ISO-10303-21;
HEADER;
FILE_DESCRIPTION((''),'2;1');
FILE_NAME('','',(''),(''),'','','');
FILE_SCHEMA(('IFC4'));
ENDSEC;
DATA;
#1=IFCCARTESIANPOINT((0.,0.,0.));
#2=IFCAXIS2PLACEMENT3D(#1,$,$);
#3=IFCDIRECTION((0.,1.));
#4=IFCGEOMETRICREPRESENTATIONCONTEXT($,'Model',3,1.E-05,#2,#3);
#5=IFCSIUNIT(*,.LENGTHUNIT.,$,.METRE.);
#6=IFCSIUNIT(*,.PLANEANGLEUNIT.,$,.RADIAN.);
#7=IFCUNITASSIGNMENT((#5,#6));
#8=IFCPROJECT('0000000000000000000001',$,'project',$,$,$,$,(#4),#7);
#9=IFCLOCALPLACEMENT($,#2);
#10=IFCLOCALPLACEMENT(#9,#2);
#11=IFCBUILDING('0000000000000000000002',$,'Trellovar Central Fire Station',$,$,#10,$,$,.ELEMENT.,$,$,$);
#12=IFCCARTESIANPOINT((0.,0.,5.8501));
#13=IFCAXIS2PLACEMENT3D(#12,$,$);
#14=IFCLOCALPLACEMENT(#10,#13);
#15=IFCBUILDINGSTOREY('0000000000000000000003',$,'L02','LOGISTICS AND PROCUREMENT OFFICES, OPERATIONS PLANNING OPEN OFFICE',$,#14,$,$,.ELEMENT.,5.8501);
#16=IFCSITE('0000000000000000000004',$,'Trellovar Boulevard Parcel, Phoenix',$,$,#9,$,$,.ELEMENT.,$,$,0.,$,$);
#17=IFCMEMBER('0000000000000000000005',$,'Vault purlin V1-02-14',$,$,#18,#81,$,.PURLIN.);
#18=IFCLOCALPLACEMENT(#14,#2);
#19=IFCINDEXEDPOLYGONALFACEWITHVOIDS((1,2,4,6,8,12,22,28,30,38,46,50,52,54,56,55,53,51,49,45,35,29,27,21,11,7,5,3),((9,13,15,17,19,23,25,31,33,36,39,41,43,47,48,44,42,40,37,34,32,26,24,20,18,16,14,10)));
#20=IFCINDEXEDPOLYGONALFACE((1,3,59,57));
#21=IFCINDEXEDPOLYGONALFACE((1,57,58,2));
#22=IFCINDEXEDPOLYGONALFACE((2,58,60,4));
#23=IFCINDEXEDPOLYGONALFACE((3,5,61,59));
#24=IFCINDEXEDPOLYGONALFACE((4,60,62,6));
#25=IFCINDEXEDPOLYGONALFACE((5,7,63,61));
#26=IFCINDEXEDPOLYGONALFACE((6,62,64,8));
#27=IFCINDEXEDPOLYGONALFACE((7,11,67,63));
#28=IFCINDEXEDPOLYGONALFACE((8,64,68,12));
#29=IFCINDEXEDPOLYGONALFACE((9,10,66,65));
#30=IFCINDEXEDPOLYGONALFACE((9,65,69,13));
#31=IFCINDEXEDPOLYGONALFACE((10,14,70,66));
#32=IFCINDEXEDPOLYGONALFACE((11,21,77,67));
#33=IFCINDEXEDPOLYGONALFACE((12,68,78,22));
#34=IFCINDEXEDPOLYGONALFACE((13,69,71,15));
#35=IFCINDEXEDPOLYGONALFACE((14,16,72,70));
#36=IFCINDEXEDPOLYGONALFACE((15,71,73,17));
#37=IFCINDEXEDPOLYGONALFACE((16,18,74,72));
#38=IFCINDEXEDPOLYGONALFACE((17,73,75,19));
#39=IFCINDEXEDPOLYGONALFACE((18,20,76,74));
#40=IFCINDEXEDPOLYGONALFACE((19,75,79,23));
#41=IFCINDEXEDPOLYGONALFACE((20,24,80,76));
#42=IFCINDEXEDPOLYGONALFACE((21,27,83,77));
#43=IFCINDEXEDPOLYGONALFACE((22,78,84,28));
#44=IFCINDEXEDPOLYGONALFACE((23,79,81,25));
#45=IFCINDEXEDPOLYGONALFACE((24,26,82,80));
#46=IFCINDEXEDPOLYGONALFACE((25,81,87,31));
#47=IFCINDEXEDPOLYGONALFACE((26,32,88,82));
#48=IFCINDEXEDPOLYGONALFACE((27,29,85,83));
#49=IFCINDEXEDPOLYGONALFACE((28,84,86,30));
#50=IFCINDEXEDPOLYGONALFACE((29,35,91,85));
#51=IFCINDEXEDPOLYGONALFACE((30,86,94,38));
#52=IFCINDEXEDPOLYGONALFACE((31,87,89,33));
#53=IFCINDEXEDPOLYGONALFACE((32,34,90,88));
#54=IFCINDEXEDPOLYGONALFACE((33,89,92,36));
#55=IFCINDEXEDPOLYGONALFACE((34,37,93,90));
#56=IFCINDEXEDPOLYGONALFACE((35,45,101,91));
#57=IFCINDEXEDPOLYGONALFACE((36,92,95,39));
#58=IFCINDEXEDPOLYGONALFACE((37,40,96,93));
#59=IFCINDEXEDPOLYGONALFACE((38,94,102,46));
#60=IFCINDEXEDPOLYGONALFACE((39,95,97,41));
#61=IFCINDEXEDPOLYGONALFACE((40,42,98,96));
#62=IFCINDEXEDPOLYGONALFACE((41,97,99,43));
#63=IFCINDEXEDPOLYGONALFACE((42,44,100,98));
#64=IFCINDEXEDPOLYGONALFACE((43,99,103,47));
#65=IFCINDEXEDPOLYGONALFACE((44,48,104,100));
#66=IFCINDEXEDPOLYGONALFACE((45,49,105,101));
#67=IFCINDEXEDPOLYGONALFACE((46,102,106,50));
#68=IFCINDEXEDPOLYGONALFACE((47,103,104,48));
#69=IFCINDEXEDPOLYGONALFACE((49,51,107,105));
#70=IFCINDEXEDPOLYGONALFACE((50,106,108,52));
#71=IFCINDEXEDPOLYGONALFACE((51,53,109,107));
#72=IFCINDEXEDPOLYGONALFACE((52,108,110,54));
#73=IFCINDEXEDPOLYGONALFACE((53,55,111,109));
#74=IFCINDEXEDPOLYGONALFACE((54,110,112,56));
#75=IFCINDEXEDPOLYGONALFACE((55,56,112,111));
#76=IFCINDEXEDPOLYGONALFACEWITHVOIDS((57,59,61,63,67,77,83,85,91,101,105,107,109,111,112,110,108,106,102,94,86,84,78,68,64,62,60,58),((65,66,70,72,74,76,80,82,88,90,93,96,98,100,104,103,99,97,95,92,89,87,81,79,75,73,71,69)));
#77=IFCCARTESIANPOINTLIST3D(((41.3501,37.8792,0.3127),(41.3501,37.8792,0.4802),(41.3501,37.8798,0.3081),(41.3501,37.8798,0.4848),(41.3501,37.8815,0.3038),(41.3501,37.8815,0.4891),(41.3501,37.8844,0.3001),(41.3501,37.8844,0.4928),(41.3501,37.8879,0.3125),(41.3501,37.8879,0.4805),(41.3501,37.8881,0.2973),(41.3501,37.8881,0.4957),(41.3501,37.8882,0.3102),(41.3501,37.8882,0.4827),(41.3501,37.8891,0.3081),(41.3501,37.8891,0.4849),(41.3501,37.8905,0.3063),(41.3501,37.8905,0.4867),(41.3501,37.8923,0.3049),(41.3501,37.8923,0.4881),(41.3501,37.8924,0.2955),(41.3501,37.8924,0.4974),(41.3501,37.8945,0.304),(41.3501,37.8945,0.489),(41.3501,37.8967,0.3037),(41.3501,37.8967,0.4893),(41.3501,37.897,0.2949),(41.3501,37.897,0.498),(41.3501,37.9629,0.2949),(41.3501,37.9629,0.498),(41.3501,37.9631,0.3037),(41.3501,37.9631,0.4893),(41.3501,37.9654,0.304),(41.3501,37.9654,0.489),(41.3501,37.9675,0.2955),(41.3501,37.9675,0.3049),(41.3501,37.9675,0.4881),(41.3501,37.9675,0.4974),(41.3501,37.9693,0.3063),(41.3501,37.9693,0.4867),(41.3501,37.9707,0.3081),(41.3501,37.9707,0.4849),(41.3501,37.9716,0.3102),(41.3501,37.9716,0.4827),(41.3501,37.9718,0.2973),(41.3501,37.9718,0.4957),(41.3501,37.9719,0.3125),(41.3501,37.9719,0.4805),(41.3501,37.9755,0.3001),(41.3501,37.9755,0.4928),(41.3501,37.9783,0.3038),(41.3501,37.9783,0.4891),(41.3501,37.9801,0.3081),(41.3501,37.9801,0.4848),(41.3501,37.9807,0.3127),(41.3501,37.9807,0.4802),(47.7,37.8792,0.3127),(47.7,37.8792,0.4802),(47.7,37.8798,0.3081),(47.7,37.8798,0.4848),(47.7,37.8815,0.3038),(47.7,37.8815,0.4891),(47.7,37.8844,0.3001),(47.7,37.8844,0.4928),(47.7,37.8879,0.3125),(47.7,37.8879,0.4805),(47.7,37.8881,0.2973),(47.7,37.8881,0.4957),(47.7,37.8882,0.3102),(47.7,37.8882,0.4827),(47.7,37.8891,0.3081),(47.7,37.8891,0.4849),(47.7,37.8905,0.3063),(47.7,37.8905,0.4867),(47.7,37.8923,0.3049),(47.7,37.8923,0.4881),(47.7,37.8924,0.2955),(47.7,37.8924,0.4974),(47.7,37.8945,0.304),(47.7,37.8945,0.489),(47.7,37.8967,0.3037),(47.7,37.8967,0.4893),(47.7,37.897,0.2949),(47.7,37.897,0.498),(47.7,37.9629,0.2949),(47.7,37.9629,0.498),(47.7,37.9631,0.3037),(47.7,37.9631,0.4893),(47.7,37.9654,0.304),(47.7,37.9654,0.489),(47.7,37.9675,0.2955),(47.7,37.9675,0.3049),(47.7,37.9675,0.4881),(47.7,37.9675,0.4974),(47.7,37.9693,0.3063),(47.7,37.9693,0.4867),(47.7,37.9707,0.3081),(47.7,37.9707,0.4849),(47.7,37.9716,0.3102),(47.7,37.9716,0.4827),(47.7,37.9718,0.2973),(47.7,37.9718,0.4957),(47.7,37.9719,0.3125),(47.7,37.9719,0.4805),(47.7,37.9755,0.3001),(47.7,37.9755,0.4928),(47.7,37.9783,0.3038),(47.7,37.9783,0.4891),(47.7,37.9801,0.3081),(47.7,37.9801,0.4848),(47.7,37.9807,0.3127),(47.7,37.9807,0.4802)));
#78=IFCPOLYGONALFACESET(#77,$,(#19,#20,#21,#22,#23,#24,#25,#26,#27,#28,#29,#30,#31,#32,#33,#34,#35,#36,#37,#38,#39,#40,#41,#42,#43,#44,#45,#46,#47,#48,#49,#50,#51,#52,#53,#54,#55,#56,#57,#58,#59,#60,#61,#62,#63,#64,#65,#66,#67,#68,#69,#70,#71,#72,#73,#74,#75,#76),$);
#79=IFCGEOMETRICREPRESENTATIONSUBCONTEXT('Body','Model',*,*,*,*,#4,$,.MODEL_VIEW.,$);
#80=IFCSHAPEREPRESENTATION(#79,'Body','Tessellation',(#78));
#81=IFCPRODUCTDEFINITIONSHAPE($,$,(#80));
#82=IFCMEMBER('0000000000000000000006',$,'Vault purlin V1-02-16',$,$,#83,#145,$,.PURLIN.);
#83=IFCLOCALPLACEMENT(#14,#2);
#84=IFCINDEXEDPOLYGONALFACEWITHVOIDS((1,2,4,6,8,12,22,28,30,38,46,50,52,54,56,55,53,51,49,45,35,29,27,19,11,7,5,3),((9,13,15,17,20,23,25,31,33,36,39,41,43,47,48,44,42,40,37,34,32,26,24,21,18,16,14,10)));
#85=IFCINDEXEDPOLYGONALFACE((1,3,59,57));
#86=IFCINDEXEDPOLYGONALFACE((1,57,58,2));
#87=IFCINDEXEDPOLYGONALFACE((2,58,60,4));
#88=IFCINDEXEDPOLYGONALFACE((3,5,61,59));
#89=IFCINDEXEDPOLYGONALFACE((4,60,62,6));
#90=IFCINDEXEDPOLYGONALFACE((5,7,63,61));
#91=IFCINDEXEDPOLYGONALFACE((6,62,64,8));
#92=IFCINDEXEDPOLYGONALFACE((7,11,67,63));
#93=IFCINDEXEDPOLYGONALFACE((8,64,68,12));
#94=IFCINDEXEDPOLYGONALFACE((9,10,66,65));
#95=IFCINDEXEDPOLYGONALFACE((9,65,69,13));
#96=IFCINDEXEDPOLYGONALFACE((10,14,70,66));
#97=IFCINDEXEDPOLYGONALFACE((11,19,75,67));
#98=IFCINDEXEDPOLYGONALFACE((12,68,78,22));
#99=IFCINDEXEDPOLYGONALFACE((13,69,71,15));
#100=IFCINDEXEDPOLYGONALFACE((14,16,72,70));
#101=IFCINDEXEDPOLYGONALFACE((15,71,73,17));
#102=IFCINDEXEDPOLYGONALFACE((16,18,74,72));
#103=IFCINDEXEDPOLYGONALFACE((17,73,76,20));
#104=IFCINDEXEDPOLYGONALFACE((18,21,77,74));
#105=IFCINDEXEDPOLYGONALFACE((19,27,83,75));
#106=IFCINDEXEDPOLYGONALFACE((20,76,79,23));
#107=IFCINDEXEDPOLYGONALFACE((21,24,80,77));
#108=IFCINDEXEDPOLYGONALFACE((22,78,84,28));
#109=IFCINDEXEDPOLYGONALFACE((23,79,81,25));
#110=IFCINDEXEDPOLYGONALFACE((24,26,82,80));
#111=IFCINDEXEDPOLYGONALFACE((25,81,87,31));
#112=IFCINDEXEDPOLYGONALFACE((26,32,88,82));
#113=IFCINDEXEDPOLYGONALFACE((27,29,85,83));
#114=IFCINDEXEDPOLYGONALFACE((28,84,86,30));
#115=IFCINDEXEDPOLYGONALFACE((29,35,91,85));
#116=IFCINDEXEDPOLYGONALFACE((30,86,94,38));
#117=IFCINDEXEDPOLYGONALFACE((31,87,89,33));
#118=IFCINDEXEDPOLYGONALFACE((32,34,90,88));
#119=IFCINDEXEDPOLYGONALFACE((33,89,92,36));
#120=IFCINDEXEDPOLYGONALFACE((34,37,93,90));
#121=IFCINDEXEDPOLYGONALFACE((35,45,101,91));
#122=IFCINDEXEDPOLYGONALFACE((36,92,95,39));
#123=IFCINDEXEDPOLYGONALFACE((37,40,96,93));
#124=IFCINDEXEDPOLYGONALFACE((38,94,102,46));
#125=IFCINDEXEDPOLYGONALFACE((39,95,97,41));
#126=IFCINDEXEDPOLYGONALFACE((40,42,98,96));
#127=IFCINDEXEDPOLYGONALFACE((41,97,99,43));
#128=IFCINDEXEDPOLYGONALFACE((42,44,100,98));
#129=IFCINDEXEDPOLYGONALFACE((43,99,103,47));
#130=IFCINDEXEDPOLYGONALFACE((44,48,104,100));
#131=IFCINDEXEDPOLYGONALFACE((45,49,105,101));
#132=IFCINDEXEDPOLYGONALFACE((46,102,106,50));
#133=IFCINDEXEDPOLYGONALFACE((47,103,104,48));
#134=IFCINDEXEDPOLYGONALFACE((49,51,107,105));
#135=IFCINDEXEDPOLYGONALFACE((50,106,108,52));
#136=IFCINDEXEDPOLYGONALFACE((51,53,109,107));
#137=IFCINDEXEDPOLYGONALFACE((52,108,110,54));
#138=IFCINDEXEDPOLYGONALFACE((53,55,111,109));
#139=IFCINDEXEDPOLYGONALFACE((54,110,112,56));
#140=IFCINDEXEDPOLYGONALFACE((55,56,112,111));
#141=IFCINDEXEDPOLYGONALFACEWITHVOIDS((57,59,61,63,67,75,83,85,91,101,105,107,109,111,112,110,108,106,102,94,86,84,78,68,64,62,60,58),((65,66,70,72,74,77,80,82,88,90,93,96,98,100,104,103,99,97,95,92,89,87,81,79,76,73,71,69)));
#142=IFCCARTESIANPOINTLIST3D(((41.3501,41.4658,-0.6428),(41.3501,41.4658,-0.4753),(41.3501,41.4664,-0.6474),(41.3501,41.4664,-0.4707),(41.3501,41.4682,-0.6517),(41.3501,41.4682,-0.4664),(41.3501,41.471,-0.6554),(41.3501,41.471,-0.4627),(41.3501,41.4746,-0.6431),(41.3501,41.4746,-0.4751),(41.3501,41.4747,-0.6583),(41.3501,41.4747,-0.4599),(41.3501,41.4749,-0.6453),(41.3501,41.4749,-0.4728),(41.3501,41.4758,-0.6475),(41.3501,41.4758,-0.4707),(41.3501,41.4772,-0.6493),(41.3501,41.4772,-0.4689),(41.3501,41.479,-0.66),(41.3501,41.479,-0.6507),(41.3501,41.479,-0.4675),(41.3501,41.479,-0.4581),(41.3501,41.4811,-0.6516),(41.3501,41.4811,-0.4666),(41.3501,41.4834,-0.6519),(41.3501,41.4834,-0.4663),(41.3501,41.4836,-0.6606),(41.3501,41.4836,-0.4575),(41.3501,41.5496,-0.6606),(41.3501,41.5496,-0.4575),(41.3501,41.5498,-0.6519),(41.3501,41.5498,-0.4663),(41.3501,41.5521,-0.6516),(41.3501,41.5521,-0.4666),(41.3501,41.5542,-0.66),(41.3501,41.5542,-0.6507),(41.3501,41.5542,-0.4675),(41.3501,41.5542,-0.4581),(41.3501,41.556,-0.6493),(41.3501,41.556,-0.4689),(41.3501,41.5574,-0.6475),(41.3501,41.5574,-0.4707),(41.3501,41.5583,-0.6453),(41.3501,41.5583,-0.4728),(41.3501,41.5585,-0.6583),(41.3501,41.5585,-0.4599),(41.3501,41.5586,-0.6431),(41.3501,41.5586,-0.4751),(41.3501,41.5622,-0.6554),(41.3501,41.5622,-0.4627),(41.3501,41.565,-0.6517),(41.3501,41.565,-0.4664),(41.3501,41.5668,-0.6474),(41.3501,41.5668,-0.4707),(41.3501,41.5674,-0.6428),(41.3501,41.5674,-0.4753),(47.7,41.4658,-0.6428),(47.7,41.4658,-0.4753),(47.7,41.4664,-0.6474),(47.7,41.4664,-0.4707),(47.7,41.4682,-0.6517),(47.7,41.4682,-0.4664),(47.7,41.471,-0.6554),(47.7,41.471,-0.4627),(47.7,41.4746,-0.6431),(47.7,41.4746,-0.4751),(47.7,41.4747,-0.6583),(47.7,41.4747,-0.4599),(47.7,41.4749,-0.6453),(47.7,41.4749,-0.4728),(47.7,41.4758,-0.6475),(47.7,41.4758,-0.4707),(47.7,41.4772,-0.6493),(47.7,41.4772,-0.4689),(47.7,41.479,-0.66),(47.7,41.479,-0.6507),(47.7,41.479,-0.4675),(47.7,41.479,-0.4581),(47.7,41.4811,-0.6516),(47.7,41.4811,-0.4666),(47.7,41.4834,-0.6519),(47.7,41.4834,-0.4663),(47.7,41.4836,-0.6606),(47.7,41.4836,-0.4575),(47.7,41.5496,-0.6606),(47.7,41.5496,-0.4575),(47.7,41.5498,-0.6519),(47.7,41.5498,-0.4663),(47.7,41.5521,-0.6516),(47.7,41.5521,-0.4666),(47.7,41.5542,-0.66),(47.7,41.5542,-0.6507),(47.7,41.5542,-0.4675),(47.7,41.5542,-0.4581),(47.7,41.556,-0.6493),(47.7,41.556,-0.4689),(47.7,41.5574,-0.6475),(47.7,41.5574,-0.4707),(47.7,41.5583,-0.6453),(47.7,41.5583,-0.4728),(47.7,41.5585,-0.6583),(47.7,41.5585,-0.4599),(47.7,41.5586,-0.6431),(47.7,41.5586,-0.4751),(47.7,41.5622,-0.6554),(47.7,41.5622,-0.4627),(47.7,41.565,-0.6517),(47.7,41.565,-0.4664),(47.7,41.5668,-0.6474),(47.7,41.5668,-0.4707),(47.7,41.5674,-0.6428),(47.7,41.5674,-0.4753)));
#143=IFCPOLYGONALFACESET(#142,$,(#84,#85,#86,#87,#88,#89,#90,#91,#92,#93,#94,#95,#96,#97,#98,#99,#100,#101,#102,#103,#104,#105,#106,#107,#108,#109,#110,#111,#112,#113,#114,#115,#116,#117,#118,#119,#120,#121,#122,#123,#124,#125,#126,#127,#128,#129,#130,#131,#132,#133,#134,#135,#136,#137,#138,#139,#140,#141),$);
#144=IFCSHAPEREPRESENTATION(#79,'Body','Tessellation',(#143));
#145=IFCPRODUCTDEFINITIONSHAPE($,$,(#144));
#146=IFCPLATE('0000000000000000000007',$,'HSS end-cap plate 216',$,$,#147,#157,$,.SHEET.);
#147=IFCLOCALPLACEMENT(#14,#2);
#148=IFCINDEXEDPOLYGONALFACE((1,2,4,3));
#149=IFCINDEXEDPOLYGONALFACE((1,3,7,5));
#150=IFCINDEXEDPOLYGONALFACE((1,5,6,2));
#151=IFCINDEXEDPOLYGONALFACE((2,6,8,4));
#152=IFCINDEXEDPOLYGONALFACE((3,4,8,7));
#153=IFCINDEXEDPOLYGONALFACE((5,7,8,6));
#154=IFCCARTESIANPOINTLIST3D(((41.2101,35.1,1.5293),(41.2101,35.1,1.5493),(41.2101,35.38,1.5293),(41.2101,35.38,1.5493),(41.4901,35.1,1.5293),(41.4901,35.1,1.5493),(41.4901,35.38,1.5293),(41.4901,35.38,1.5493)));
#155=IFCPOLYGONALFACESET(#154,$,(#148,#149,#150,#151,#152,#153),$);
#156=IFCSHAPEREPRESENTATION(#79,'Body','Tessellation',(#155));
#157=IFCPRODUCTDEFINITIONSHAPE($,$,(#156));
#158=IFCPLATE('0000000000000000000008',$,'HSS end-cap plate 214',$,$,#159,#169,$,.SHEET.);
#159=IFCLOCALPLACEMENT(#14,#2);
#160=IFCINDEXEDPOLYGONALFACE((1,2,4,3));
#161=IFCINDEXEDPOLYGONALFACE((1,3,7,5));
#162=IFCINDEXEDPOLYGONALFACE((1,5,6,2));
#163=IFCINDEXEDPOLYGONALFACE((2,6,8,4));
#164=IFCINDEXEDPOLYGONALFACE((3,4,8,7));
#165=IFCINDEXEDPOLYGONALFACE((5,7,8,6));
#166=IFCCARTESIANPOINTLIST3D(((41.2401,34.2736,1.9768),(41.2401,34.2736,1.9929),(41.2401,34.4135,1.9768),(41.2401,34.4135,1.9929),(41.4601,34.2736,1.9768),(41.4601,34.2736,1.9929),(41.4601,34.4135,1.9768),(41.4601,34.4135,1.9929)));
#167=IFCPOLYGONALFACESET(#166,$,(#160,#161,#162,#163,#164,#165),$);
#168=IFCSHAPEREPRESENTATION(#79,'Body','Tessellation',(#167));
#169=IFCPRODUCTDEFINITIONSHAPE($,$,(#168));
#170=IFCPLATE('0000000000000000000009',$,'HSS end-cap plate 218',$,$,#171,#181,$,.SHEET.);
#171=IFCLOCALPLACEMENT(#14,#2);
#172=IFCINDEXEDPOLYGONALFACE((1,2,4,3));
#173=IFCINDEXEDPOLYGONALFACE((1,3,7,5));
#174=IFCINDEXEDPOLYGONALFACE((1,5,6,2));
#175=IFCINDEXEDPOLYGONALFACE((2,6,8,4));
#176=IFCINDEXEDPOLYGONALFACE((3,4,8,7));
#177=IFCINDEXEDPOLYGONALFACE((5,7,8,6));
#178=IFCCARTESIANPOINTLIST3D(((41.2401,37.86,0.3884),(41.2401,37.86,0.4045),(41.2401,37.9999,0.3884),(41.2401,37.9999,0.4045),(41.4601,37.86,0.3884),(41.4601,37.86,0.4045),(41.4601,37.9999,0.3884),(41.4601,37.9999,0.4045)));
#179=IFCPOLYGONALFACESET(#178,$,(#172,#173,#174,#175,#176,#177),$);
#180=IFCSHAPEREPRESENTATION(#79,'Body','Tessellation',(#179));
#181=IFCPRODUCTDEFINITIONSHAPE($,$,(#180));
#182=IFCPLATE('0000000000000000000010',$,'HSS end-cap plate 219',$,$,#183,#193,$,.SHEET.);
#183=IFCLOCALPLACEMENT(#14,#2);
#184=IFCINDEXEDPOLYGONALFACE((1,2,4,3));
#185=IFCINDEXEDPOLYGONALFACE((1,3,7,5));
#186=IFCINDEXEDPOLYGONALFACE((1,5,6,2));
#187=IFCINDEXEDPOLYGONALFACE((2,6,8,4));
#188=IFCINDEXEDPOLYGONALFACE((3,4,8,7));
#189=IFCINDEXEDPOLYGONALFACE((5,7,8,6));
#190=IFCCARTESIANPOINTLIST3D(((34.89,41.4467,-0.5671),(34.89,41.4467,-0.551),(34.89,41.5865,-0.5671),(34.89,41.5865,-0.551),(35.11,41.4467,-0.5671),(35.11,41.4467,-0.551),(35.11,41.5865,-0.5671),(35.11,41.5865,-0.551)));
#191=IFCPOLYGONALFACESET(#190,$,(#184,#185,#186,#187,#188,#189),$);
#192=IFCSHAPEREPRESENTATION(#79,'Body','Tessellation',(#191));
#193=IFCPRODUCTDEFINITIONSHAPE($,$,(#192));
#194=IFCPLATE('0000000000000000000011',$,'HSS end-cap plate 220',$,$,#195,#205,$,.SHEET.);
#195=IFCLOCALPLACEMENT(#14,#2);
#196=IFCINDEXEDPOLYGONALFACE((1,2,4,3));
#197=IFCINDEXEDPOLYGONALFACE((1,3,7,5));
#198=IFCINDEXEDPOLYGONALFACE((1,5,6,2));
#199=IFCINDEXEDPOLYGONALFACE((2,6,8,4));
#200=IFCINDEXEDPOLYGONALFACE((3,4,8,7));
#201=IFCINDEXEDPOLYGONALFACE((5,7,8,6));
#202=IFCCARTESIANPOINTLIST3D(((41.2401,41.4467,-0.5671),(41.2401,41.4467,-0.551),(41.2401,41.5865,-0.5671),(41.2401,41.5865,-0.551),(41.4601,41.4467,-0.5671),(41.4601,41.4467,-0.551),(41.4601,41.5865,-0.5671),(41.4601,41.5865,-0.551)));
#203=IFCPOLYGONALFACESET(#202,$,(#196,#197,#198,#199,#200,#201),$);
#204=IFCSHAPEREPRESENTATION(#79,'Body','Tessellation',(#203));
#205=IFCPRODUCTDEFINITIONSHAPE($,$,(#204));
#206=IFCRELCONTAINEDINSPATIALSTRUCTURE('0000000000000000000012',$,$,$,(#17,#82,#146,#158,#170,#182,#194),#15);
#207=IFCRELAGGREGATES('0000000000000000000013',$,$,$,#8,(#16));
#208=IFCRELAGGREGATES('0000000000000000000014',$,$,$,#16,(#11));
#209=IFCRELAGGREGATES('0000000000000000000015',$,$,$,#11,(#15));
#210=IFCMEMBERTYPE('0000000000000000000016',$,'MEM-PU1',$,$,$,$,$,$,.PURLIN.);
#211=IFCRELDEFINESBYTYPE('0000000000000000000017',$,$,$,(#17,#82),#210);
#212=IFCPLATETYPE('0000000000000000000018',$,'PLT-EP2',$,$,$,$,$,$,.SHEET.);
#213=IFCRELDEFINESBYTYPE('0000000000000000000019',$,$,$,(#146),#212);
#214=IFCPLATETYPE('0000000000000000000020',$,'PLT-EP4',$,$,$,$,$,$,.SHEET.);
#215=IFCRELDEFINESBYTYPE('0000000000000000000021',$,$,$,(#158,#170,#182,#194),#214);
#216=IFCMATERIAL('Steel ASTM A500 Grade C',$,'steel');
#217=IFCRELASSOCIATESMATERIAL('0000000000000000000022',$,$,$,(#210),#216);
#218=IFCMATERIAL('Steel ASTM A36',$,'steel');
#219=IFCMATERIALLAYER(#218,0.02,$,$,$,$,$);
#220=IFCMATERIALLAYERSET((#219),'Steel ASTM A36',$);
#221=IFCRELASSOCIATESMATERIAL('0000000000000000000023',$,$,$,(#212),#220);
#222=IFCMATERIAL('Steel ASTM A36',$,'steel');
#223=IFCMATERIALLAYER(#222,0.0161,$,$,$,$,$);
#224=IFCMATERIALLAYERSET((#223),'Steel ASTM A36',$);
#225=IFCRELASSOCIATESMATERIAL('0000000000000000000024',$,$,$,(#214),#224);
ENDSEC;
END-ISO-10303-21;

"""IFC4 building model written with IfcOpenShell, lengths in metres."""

from ifc_helpers import new_model, si_unit, direction, frame, origin, origin_2d, place, context, subcontext, project, spatial, rectangle, hollow_rectangle, extrude, material, layer, layer_set, material_profile, profile_set, type_object, element, save


model = new_model("IFC4")

# Units and contexts
model_context = context("Model", 3, precision=1e-05, world=origin(), true_north=direction((0.0, 1.0)))
body_context = subcontext(model_context, "Body", "Model", "MODEL_VIEW")
ifc_project = project(units=[si_unit("LENGTHUNIT", "METRE"), si_unit("PLANEANGLEUNIT", "RADIAN")], contexts=[model_context])

# Site, building, storey
site_placement = place(None, origin())
site = spatial("IfcSite", under=ifc_project, at=site_placement, Name="Trellovar Boulevard Parcel, Phoenix", CompositionType="ELEMENT", RefElevation=0.0)
building_placement = place(site_placement, origin())
building = spatial("IfcBuilding", under=site, at=building_placement, Name="Trellovar Central Fire Station", CompositionType="ELEMENT")
storey_placement = place(building_placement, frame((0.0, 0.0, 5.8501)))
storey = spatial("IfcBuildingStorey", under=building, at=storey_placement, Name="L02", Description="LOGISTICS AND PROCUREMENT OFFICES, OPERATIONS PLANNING OPEN OFFICE", CompositionType="ELEMENT", Elevation=5.8501)

# Members
ifc_material_1 = material(Name="Steel ASTM A500 Grade C", Category="steel")
ifc_material_profile_1 = material_profile(ifc_material_1, hollow_rectangle(XDim=0.1016, YDim=0.2031, WallThickness=0.0088, InnerFilletRadius=0.0088, OuterFilletRadius=0.0178, at=origin_2d()), Name="HSS8X4X3/8")
ifc_profile_set_1 = profile_set([ifc_material_profile_1], Name="Steel ASTM A500 Grade C")
member_type_1 = type_object("IfcMemberType", Name="MEM-PU1", PredefinedType="PURLIN", material=ifc_profile_set_1)
for number, where, z_axis, x_axis, name in (
    (1, (41.3501, 37.9299, 0.3965), (1.0, 0.0, 0.0), (0.0, 1.0, 0.0), "Vault purlin V1-02-14"),
    (2, (41.3501, 41.5166, -0.5591), (1.0, 0.0, 0.0), (0.0, 1.0, 0.0), "Vault purlin V1-02-16"),
):
    element("IfcMember", number, at=place(storey_placement, frame(where, z_axis=z_axis, x_axis=x_axis)), inside=storey, type_object=member_type_1, Name=name, PredefinedType="PURLIN", context=body_context, shape_type="SweptSolid", body=[
        extrude(hollow_rectangle(XDim=0.1016, YDim=0.2031, WallThickness=0.0088, InnerFilletRadius=0.0088, OuterFilletRadius=0.0178, at=origin_2d()), origin(), (0.0, 0.0, 1.0), 6.3499),
    ])

# Plates
ifc_material_2 = material(Name="Steel ASTM A36", Category="steel")
ifc_layer_1 = layer(ifc_material_2, 0.02)
ifc_layer_set_1 = layer_set([ifc_layer_1], Name="Steel ASTM A36")
plate_type_1 = type_object("IfcPlateType", Name="PLT-EP2", PredefinedType="SHEET", material=ifc_layer_set_1)
plate_placement = place(storey_placement, frame((41.3501, 35.24, 1.5293), z_axis=(0.0, 0.0, 1.0), x_axis=(1.0, 0.0, 0.0)))
element("IfcPlate", 3, at=plate_placement, inside=storey, type_object=plate_type_1, Name="HSS end-cap plate 216", PredefinedType="SHEET", context=body_context, shape_type="SweptSolid", body=[
    extrude(rectangle(XDim=0.28, YDim=0.28, at=origin_2d()), origin(), (0.0, 0.0, 1.0), 0.02),
])
ifc_material_3 = material(Name="Steel ASTM A36", Category="steel")
ifc_layer_2 = layer(ifc_material_3, 0.0161)
ifc_layer_set_2 = layer_set([ifc_layer_2], Name="Steel ASTM A36")
plate_type_2 = type_object("IfcPlateType", Name="PLT-EP4", PredefinedType="SHEET", material=ifc_layer_set_2)
for number, where, z_axis, x_axis, name in (
    (4, (41.3501, 34.3435, 1.9768), (0.0, 0.0, 1.0), (1.0, 0.0, 0.0), "HSS end-cap plate 214"),
    (5, (41.3501, 37.9299, 0.3884), (0.0, 0.0, 1.0), (1.0, 0.0, 0.0), "HSS end-cap plate 218"),
    (6, (35.0, 41.5166, -0.5671), (0.0, 0.0, 1.0), (1.0, 0.0, 0.0), "HSS end-cap plate 219"),
    (7, (41.3501, 41.5166, -0.5671), (0.0, 0.0, 1.0), (1.0, 0.0, 0.0), "HSS end-cap plate 220"),
):
    element("IfcPlate", number, at=place(storey_placement, frame(where, z_axis=z_axis, x_axis=x_axis)), inside=storey, type_object=plate_type_2, Name=name, PredefinedType="SHEET", context=body_context, shape_type="SweptSolid", body=[
        extrude(rectangle(XDim=0.22, YDim=0.1399, at=origin_2d()), origin(), (0.0, 0.0, 1.0), 0.0161),
    ])

save(model, "model.ifc")
